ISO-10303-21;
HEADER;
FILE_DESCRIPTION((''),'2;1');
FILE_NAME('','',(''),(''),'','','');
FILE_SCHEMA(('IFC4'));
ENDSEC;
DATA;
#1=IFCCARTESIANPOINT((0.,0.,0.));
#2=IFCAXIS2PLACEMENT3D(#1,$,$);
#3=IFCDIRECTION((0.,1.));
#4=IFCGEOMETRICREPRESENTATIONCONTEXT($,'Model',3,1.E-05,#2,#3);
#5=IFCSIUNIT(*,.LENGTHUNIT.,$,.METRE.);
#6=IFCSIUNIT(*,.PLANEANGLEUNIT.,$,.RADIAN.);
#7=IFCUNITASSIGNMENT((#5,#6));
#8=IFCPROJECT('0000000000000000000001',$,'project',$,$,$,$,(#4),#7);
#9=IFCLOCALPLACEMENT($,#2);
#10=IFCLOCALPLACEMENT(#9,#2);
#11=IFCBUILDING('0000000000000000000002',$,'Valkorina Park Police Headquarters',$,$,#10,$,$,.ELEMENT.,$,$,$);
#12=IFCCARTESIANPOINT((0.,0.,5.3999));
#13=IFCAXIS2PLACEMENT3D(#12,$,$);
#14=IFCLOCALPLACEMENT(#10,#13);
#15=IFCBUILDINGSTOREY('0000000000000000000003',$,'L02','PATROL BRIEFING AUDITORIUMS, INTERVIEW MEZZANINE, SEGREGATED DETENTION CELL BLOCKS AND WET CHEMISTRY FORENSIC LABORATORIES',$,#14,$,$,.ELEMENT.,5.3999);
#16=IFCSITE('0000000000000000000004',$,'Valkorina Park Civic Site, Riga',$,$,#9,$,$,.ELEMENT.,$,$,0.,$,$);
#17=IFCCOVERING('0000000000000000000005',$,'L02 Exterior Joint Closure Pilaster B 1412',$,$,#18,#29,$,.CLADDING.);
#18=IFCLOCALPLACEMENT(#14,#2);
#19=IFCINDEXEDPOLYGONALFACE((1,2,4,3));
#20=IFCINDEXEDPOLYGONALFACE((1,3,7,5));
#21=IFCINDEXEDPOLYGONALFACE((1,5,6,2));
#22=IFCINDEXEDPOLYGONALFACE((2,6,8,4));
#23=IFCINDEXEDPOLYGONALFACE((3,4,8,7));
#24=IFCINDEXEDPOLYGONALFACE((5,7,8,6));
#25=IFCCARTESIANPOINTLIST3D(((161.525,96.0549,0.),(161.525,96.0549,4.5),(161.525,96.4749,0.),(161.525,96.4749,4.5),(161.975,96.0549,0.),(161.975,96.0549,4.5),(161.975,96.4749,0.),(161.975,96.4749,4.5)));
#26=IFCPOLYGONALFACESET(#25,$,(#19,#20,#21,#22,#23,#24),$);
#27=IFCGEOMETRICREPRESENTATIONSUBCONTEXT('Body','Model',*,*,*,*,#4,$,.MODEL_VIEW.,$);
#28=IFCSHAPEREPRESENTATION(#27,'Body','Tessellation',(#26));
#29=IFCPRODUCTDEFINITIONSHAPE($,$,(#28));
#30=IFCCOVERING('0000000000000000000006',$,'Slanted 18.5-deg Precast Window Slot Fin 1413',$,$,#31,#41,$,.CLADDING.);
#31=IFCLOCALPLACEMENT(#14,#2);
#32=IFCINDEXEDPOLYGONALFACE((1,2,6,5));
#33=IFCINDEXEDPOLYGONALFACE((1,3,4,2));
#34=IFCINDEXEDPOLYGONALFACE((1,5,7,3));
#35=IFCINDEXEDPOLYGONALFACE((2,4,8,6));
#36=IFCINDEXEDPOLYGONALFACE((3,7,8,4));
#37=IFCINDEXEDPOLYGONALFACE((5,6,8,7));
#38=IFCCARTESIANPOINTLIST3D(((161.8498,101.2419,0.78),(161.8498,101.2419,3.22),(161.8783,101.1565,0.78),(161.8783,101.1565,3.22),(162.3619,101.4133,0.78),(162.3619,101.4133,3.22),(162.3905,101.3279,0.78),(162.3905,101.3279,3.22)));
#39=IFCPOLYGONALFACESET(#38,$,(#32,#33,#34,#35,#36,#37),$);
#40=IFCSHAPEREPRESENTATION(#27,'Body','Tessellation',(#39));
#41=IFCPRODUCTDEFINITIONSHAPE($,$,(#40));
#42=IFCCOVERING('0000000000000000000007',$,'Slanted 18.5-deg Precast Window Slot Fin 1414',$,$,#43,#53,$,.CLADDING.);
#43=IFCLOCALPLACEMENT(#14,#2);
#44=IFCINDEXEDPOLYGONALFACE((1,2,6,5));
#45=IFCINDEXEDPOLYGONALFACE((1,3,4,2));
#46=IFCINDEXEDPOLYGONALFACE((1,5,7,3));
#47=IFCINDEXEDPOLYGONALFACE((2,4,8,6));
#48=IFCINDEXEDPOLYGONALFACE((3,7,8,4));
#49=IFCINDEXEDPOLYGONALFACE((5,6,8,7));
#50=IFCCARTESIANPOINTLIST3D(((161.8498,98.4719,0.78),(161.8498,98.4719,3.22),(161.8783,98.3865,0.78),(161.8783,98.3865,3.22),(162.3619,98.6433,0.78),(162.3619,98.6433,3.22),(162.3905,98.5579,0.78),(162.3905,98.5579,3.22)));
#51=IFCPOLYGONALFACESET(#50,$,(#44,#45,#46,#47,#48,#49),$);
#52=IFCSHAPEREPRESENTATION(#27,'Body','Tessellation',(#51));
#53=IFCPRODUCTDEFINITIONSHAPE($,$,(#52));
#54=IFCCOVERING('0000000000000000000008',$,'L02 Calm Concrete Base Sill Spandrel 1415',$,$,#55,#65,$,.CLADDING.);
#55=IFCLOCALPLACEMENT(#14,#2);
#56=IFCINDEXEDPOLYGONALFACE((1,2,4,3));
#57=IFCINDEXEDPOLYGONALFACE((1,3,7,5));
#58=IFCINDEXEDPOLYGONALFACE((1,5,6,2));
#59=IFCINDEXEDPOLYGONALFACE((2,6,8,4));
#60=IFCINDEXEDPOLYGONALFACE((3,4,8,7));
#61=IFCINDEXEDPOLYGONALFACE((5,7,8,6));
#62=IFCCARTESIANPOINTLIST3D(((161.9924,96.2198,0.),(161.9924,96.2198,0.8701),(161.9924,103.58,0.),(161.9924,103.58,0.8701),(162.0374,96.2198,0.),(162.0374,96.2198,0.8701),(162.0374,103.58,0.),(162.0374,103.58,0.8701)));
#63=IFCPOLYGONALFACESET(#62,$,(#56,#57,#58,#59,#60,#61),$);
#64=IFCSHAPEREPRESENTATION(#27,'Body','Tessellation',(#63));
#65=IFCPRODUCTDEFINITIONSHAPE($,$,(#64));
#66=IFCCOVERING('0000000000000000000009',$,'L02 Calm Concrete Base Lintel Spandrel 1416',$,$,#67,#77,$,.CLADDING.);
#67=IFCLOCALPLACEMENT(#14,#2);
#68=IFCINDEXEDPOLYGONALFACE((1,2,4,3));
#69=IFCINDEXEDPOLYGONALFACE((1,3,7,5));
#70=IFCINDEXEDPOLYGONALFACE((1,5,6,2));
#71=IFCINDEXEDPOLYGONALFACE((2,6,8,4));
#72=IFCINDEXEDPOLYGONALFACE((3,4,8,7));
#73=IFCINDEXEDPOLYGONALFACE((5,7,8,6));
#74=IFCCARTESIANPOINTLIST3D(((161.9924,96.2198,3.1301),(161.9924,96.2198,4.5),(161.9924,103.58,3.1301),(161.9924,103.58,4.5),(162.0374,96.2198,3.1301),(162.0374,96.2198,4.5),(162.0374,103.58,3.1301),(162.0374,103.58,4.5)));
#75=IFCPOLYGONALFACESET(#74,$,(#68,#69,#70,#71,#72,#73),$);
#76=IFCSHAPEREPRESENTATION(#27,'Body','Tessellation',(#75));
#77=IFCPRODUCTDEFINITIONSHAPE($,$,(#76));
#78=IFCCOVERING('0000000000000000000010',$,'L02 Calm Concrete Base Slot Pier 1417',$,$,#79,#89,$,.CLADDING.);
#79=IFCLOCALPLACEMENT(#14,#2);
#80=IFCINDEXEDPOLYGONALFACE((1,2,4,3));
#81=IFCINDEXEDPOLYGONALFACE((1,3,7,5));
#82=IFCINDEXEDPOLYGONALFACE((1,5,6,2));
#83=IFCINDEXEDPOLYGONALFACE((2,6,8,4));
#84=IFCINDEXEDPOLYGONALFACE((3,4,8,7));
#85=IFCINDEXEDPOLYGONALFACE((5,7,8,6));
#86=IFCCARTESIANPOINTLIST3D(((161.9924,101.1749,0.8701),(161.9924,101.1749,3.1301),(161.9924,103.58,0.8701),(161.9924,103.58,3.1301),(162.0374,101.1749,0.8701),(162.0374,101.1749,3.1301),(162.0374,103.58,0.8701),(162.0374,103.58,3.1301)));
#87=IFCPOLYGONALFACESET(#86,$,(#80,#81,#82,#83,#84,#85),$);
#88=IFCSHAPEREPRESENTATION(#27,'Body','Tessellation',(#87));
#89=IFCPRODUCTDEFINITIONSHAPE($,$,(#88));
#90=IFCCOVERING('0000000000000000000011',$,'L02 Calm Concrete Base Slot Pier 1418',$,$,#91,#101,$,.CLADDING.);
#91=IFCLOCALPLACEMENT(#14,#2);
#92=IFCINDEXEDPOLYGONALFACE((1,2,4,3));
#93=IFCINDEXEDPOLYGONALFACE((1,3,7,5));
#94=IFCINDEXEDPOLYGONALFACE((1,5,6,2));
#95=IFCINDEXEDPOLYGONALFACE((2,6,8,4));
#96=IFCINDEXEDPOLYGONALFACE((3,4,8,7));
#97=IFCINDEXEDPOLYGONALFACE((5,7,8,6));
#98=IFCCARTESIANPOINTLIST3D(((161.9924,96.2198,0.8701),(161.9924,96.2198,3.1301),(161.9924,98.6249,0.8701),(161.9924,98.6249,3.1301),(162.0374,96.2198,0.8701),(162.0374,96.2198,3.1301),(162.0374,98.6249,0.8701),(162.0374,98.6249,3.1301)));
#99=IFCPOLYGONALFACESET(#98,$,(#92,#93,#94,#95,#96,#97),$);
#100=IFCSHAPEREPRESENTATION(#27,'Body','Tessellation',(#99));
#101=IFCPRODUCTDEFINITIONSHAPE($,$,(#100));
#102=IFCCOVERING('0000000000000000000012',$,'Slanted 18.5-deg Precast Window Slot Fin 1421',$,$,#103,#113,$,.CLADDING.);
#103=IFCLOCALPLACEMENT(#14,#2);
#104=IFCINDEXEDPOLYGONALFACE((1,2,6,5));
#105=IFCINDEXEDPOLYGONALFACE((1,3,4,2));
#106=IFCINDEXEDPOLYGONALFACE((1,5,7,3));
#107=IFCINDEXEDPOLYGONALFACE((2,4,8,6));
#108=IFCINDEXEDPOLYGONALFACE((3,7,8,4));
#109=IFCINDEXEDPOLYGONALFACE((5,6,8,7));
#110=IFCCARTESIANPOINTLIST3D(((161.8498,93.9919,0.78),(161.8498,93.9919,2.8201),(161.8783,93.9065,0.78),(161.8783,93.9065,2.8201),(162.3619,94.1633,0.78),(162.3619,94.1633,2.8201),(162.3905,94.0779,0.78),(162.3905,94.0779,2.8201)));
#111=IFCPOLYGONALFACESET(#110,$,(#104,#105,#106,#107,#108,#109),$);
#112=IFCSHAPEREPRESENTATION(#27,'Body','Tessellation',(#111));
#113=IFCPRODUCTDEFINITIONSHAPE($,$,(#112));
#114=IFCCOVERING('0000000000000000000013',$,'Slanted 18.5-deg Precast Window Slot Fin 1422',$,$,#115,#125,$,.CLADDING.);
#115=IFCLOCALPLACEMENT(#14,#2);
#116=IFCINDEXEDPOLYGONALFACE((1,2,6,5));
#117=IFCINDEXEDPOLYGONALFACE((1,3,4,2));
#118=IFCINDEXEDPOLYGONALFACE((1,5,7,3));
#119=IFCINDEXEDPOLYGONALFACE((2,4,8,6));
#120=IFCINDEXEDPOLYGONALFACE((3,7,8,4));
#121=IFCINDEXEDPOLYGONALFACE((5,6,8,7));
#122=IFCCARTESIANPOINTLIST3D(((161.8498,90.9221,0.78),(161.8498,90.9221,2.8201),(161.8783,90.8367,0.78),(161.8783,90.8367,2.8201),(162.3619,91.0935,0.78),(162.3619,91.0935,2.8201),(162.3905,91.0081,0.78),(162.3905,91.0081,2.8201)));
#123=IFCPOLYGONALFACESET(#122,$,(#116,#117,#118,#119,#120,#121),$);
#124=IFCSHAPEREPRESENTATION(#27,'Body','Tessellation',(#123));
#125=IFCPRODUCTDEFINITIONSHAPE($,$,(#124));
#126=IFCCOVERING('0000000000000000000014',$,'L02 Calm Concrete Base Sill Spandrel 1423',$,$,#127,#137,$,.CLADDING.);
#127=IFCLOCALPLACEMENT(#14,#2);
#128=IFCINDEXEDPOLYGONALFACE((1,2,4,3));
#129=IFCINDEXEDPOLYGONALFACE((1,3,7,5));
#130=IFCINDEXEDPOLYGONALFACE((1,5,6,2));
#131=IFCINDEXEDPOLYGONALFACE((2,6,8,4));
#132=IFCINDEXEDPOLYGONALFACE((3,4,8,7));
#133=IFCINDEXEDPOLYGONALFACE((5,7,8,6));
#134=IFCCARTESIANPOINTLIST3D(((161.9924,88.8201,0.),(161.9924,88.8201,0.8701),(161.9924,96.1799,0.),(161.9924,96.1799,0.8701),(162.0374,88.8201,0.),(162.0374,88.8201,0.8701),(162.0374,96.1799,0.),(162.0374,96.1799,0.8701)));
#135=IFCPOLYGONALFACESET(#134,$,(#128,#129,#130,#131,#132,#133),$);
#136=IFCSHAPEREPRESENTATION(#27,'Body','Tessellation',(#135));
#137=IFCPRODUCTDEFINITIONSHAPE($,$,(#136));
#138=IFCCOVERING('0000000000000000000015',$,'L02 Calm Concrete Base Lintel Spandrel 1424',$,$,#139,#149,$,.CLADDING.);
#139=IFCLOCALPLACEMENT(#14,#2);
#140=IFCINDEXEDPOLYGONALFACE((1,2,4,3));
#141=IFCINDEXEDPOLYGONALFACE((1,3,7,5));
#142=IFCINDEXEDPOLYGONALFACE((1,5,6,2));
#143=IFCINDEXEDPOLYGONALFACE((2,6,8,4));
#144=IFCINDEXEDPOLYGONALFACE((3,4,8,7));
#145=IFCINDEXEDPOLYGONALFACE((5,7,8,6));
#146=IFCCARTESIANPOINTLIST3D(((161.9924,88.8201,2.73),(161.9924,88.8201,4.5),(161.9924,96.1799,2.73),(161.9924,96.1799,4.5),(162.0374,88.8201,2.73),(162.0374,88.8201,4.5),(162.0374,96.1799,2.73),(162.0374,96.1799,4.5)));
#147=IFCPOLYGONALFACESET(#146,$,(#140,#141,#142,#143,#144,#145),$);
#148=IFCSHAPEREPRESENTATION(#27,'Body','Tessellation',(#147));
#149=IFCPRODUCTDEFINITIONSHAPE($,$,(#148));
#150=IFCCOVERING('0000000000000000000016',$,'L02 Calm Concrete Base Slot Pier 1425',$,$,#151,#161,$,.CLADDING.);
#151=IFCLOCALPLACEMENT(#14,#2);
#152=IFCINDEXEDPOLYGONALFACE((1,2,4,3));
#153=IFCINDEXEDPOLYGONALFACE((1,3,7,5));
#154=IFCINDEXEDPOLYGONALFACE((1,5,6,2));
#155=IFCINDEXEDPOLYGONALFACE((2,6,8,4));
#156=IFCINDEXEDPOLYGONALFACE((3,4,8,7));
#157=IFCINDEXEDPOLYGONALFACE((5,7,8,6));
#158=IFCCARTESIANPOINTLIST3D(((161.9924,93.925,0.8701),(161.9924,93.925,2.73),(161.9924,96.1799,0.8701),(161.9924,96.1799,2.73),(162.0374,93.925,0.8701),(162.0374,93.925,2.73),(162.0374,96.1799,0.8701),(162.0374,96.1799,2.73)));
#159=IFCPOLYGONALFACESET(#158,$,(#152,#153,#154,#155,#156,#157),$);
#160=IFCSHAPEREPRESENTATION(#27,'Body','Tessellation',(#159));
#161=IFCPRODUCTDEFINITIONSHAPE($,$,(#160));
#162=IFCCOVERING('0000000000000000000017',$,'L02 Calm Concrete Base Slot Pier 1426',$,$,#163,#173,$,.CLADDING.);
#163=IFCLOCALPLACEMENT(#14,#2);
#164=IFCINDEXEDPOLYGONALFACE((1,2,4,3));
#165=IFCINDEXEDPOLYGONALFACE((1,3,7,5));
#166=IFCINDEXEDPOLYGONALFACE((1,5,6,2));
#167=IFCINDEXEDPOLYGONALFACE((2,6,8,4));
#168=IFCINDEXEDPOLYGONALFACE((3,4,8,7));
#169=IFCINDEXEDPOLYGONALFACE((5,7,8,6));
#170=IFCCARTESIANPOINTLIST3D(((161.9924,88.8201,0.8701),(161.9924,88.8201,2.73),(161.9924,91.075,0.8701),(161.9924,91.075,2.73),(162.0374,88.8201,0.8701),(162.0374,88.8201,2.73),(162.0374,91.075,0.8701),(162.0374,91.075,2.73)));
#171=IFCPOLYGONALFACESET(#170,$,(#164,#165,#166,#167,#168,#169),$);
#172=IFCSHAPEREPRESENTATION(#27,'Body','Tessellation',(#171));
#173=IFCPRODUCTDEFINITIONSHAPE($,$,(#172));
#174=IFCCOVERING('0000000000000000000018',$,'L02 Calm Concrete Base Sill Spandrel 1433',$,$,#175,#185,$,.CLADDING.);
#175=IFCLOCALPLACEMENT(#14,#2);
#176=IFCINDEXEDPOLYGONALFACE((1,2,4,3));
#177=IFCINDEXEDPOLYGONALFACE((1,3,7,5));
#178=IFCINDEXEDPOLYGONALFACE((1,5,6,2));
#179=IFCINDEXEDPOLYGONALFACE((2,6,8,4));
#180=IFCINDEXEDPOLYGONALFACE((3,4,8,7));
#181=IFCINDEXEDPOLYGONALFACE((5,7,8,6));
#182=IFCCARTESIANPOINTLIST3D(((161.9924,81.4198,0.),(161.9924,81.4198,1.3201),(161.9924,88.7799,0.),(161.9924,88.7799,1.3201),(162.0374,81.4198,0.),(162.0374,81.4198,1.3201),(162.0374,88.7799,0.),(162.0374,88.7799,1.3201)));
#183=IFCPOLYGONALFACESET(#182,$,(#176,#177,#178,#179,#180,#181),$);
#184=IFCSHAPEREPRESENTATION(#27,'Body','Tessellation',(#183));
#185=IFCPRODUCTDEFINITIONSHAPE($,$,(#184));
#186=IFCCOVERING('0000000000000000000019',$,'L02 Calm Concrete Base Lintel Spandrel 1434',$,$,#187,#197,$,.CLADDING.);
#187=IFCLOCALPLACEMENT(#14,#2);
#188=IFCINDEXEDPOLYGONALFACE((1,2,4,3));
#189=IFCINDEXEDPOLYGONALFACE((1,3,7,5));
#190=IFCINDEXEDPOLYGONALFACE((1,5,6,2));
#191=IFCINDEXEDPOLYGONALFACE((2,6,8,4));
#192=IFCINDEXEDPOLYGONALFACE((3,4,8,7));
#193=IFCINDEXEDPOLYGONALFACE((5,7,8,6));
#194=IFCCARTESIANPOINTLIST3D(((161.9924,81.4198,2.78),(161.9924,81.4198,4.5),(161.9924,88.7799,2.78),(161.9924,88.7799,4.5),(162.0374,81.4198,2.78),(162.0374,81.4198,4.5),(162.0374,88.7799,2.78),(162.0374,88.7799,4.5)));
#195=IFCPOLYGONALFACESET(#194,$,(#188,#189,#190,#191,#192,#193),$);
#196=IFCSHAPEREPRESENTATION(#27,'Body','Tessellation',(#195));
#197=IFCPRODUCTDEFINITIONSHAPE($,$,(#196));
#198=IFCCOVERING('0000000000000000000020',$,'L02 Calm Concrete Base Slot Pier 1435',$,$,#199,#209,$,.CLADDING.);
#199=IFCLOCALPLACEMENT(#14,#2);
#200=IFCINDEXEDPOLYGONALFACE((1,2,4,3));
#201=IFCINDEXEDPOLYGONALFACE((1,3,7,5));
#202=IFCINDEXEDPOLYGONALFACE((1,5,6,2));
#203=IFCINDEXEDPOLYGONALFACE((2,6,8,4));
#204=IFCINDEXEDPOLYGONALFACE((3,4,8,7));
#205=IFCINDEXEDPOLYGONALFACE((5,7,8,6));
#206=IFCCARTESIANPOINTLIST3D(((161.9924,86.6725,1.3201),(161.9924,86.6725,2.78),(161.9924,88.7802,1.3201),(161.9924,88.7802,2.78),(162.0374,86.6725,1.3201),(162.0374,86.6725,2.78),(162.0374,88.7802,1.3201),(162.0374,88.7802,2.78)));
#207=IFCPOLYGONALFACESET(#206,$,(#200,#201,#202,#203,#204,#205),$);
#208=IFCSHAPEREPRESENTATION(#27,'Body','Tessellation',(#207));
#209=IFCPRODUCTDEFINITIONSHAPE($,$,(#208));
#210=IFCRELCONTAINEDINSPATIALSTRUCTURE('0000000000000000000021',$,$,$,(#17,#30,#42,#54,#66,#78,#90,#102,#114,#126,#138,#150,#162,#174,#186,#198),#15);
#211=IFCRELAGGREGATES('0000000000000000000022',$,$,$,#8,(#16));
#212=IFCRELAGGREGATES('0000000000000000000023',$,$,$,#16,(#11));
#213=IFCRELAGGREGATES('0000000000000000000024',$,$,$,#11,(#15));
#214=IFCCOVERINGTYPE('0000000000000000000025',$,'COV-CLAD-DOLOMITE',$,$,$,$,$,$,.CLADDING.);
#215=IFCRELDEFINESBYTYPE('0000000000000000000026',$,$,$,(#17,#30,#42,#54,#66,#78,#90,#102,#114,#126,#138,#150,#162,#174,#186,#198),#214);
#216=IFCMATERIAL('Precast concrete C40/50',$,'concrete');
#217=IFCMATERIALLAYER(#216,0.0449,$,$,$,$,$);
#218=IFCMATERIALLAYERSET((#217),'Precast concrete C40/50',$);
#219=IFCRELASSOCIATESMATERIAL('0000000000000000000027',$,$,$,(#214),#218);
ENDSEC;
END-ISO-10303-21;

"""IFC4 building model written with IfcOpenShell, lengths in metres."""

from ifc_helpers import new_model, si_unit, direction, frame, frame_2d, origin, origin_2d, place, context, subcontext, project, spatial, rectangle, extrude, material, layer, layer_set, type_object, element, save


model = new_model("IFC4")

# Units and contexts
model_context = context("Model", 3, precision=1e-05, world=origin(), true_north=direction((0.0, 1.0)))
body_context = subcontext(model_context, "Body", "Model", "MODEL_VIEW")
ifc_project = project(units=[si_unit("LENGTHUNIT", "METRE"), si_unit("PLANEANGLEUNIT", "RADIAN")], contexts=[model_context])

# Site, building, storey
site_placement = place(None, origin())
site = spatial("IfcSite", under=ifc_project, at=site_placement, Name="Valkorina Park Civic Site, Riga", CompositionType="ELEMENT", RefElevation=0.0)
building_placement = place(site_placement, origin())
building = spatial("IfcBuilding", under=site, at=building_placement, Name="Valkorina Park Police Headquarters", CompositionType="ELEMENT")
storey_placement = place(building_placement, frame((0.0, 0.0, 5.3999)))
storey = spatial("IfcBuildingStorey", under=building, at=storey_placement, Name="L02", Description="PATROL BRIEFING AUDITORIUMS, INTERVIEW MEZZANINE, SEGREGATED DETENTION CELL BLOCKS AND WET CHEMISTRY FORENSIC LABORATORIES", CompositionType="ELEMENT", Elevation=5.3999)

# Coverings
ifc_material_1 = material(Name="Precast concrete C40/50", Category="concrete")
ifc_layer = layer(ifc_material_1, 0.0449)
ifc_layer_set = layer_set([ifc_layer], Name="Precast concrete C40/50")
covering_type = type_object("IfcCoveringType", Name="COV-CLAD-DOLOMITE", PredefinedType="CLADDING", material=ifc_layer_set)
covering_1_placement = place(storey_placement, frame((161.75, 96.2649, 0.0), z_axis=(0.0, 0.0, 1.0), x_axis=(0.0, 1.0, 0.0)))
element("IfcCovering", 1, at=covering_1_placement, inside=storey, type_object=covering_type, Name="L02 Exterior Joint Closure Pilaster B 1412", PredefinedType="CLADDING", context=body_context, shape_type="SweptSolid", body=[
    extrude(rectangle(XDim=0.4199, YDim=0.45, at=origin_2d()), origin(), (0.0, 0.0, 1.0), 4.5),
])
for number, where, z_axis, x_axis, name in (
    (2, (162.1201, 101.2849, 0.78), (0.0, 0.0, 1.0), (0.948324, 0.317305, 0.0), "Slanted 18.5-deg Precast Window Slot Fin 1413"),
    (3, (162.1201, 98.5149, 0.78), (0.0, 0.0, 1.0), (0.948324, 0.317305, 0.0), "Slanted 18.5-deg Precast Window Slot Fin 1414"),
):
    element("IfcCovering", number, at=place(storey_placement, frame(where, z_axis=z_axis, x_axis=x_axis)), inside=storey, type_object=covering_type, Name=name, PredefinedType="CLADDING", context=body_context, shape_type="SweptSolid", body=[
        extrude(rectangle(XDim=0.54, YDim=0.0901, at=origin_2d()), origin(), (0.0, 0.0, 1.0), 2.4399),
    ])
covering_2_placement = place(storey_placement, frame((162.0149, 103.5801, 0.0), z_axis=(0.0, 0.0, 1.0), x_axis=(0.0, -1.0, 0.0)))
element("IfcCovering", 4, at=covering_2_placement, inside=storey, type_object=covering_type, Name="L02 Calm Concrete Base Sill Spandrel 1415", PredefinedType="CLADDING", context=body_context, shape_type="SweptSolid", body=[
    extrude(rectangle(XDim=7.3601, YDim=0.0449, at=frame_2d((3.6802, 0.0))), origin(), (0.0, 0.0, 1.0), 0.8701),
])
covering_3_placement = place(storey_placement, frame((162.0149, 103.5801, 3.1301), z_axis=(0.0, 0.0, 1.0), x_axis=(0.0, -1.0, 0.0)))
element("IfcCovering", 5, at=covering_3_placement, inside=storey, type_object=covering_type, Name="L02 Calm Concrete Base Lintel Spandrel 1416", PredefinedType="CLADDING", context=body_context, shape_type="SweptSolid", body=[
    extrude(rectangle(XDim=7.3601, YDim=0.0449, at=frame_2d((3.6802, 0.0))), origin(), (0.0, 0.0, 1.0), 1.3699),
])
for number, where, z_axis, x_axis, name in (
    (6, (162.0149, 103.5801, 0.8701), (0.0, 0.0, 1.0), (0.0, -1.0, 0.0), "L02 Calm Concrete Base Slot Pier 1417"),
    (7, (162.0149, 98.625, 0.8701), (0.0, 0.0, 1.0), (0.0, -1.0, 0.0), "L02 Calm Concrete Base Slot Pier 1418"),
):
    element("IfcCovering", number, at=place(storey_placement, frame(where, z_axis=z_axis, x_axis=x_axis)), inside=storey, type_object=covering_type, Name=name, PredefinedType="CLADDING", context=body_context, shape_type="SweptSolid", body=[
        extrude(rectangle(XDim=2.405, YDim=0.0449, at=frame_2d((1.2026, 0.0))), origin(), (0.0, 0.0, 1.0), 2.26),
    ])
for number, where, z_axis, x_axis, name in (
    (8, (162.1201, 94.0349, 0.78), (0.0, 0.0, 1.0), (0.948324, 0.317305, 0.0), "Slanted 18.5-deg Precast Window Slot Fin 1421"),
    (9, (162.1201, 90.9651, 0.78), (0.0, 0.0, 1.0), (0.948324, 0.317305, 0.0), "Slanted 18.5-deg Precast Window Slot Fin 1422"),
):
    element("IfcCovering", number, at=place(storey_placement, frame(where, z_axis=z_axis, x_axis=x_axis)), inside=storey, type_object=covering_type, Name=name, PredefinedType="CLADDING", context=body_context, shape_type="SweptSolid", body=[
        extrude(rectangle(XDim=0.54, YDim=0.0901, at=origin_2d()), origin(), (0.0, 0.0, 1.0), 2.04),
    ])
covering_4_placement = place(storey_placement, frame((162.0149, 96.1799, 0.0), z_axis=(0.0, 0.0, 1.0), x_axis=(0.0, -1.0, 0.0)))
element("IfcCovering", 10, at=covering_4_placement, inside=storey, type_object=covering_type, Name="L02 Calm Concrete Base Sill Spandrel 1423", PredefinedType="CLADDING", context=body_context, shape_type="SweptSolid", body=[
    extrude(rectangle(XDim=7.3599, YDim=0.0449, at=frame_2d((3.6799, 0.0))), origin(), (0.0, 0.0, 1.0), 0.8701),
])
covering_5_placement = place(storey_placement, frame((162.0149, 96.1799, 2.73), z_axis=(0.0, 0.0, 1.0), x_axis=(0.0, -1.0, 0.0)))
element("IfcCovering", 11, at=covering_5_placement, inside=storey, type_object=covering_type, Name="L02 Calm Concrete Base Lintel Spandrel 1424", PredefinedType="CLADDING", context=body_context, shape_type="SweptSolid", body=[
    extrude(rectangle(XDim=7.3599, YDim=0.0449, at=frame_2d((3.6799, 0.0))), origin(), (0.0, 0.0, 1.0), 1.77),
])
for number, where, z_axis, x_axis, name in (
    (12, (162.0149, 96.1799, 0.8701), (0.0, 0.0, 1.0), (0.0, -1.0, 0.0), "L02 Calm Concrete Base Slot Pier 1425"),
    (13, (162.0149, 91.075, 0.8701), (0.0, 0.0, 1.0), (0.0, -1.0, 0.0), "L02 Calm Concrete Base Slot Pier 1426"),
):
    element("IfcCovering", number, at=place(storey_placement, frame(where, z_axis=z_axis, x_axis=x_axis)), inside=storey, type_object=covering_type, Name=name, PredefinedType="CLADDING", context=body_context, shape_type="SweptSolid", body=[
        extrude(rectangle(XDim=2.2549, YDim=0.0449, at=frame_2d((1.1274, 0.0))), origin(), (0.0, 0.0, 1.0), 1.8599),
    ])
covering_6_placement = place(storey_placement, frame((162.0149, 88.78, 0.0), z_axis=(0.0, 0.0, 1.0), x_axis=(0.0, -1.0, 0.0)))
element("IfcCovering", 14, at=covering_6_placement, inside=storey, type_object=covering_type, Name="L02 Calm Concrete Base Sill Spandrel 1433", PredefinedType="CLADDING", context=body_context, shape_type="SweptSolid", body=[
    extrude(rectangle(XDim=7.3601, YDim=0.0449, at=frame_2d((3.6802, 0.0))), origin(), (0.0, 0.0, 1.0), 1.3201),
])
covering_7_placement = place(storey_placement, frame((162.0149, 88.78, 2.78), z_axis=(0.0, 0.0, 1.0), x_axis=(0.0, -1.0, 0.0)))
element("IfcCovering", 15, at=covering_7_placement, inside=storey, type_object=covering_type, Name="L02 Calm Concrete Base Lintel Spandrel 1434", PredefinedType="CLADDING", context=body_context, shape_type="SweptSolid", body=[
    extrude(rectangle(XDim=7.3601, YDim=0.0449, at=frame_2d((3.6802, 0.0))), origin(), (0.0, 0.0, 1.0), 1.72),
])
covering_8_placement = place(storey_placement, frame((162.0149, 88.78, 1.3201), z_axis=(0.0, 0.0, 1.0), x_axis=(0.0, -1.0, 0.0)))
element("IfcCovering", 16, at=covering_8_placement, inside=storey, type_object=covering_type, Name="L02 Calm Concrete Base Slot Pier 1435", PredefinedType="CLADDING", context=body_context, shape_type="SweptSolid", body=[
    extrude(rectangle(XDim=2.1077, YDim=0.0449, at=frame_2d((1.0537, 0.0))), origin(), (0.0, 0.0, 1.0), 1.46),
])

save(model, "model.ifc")
